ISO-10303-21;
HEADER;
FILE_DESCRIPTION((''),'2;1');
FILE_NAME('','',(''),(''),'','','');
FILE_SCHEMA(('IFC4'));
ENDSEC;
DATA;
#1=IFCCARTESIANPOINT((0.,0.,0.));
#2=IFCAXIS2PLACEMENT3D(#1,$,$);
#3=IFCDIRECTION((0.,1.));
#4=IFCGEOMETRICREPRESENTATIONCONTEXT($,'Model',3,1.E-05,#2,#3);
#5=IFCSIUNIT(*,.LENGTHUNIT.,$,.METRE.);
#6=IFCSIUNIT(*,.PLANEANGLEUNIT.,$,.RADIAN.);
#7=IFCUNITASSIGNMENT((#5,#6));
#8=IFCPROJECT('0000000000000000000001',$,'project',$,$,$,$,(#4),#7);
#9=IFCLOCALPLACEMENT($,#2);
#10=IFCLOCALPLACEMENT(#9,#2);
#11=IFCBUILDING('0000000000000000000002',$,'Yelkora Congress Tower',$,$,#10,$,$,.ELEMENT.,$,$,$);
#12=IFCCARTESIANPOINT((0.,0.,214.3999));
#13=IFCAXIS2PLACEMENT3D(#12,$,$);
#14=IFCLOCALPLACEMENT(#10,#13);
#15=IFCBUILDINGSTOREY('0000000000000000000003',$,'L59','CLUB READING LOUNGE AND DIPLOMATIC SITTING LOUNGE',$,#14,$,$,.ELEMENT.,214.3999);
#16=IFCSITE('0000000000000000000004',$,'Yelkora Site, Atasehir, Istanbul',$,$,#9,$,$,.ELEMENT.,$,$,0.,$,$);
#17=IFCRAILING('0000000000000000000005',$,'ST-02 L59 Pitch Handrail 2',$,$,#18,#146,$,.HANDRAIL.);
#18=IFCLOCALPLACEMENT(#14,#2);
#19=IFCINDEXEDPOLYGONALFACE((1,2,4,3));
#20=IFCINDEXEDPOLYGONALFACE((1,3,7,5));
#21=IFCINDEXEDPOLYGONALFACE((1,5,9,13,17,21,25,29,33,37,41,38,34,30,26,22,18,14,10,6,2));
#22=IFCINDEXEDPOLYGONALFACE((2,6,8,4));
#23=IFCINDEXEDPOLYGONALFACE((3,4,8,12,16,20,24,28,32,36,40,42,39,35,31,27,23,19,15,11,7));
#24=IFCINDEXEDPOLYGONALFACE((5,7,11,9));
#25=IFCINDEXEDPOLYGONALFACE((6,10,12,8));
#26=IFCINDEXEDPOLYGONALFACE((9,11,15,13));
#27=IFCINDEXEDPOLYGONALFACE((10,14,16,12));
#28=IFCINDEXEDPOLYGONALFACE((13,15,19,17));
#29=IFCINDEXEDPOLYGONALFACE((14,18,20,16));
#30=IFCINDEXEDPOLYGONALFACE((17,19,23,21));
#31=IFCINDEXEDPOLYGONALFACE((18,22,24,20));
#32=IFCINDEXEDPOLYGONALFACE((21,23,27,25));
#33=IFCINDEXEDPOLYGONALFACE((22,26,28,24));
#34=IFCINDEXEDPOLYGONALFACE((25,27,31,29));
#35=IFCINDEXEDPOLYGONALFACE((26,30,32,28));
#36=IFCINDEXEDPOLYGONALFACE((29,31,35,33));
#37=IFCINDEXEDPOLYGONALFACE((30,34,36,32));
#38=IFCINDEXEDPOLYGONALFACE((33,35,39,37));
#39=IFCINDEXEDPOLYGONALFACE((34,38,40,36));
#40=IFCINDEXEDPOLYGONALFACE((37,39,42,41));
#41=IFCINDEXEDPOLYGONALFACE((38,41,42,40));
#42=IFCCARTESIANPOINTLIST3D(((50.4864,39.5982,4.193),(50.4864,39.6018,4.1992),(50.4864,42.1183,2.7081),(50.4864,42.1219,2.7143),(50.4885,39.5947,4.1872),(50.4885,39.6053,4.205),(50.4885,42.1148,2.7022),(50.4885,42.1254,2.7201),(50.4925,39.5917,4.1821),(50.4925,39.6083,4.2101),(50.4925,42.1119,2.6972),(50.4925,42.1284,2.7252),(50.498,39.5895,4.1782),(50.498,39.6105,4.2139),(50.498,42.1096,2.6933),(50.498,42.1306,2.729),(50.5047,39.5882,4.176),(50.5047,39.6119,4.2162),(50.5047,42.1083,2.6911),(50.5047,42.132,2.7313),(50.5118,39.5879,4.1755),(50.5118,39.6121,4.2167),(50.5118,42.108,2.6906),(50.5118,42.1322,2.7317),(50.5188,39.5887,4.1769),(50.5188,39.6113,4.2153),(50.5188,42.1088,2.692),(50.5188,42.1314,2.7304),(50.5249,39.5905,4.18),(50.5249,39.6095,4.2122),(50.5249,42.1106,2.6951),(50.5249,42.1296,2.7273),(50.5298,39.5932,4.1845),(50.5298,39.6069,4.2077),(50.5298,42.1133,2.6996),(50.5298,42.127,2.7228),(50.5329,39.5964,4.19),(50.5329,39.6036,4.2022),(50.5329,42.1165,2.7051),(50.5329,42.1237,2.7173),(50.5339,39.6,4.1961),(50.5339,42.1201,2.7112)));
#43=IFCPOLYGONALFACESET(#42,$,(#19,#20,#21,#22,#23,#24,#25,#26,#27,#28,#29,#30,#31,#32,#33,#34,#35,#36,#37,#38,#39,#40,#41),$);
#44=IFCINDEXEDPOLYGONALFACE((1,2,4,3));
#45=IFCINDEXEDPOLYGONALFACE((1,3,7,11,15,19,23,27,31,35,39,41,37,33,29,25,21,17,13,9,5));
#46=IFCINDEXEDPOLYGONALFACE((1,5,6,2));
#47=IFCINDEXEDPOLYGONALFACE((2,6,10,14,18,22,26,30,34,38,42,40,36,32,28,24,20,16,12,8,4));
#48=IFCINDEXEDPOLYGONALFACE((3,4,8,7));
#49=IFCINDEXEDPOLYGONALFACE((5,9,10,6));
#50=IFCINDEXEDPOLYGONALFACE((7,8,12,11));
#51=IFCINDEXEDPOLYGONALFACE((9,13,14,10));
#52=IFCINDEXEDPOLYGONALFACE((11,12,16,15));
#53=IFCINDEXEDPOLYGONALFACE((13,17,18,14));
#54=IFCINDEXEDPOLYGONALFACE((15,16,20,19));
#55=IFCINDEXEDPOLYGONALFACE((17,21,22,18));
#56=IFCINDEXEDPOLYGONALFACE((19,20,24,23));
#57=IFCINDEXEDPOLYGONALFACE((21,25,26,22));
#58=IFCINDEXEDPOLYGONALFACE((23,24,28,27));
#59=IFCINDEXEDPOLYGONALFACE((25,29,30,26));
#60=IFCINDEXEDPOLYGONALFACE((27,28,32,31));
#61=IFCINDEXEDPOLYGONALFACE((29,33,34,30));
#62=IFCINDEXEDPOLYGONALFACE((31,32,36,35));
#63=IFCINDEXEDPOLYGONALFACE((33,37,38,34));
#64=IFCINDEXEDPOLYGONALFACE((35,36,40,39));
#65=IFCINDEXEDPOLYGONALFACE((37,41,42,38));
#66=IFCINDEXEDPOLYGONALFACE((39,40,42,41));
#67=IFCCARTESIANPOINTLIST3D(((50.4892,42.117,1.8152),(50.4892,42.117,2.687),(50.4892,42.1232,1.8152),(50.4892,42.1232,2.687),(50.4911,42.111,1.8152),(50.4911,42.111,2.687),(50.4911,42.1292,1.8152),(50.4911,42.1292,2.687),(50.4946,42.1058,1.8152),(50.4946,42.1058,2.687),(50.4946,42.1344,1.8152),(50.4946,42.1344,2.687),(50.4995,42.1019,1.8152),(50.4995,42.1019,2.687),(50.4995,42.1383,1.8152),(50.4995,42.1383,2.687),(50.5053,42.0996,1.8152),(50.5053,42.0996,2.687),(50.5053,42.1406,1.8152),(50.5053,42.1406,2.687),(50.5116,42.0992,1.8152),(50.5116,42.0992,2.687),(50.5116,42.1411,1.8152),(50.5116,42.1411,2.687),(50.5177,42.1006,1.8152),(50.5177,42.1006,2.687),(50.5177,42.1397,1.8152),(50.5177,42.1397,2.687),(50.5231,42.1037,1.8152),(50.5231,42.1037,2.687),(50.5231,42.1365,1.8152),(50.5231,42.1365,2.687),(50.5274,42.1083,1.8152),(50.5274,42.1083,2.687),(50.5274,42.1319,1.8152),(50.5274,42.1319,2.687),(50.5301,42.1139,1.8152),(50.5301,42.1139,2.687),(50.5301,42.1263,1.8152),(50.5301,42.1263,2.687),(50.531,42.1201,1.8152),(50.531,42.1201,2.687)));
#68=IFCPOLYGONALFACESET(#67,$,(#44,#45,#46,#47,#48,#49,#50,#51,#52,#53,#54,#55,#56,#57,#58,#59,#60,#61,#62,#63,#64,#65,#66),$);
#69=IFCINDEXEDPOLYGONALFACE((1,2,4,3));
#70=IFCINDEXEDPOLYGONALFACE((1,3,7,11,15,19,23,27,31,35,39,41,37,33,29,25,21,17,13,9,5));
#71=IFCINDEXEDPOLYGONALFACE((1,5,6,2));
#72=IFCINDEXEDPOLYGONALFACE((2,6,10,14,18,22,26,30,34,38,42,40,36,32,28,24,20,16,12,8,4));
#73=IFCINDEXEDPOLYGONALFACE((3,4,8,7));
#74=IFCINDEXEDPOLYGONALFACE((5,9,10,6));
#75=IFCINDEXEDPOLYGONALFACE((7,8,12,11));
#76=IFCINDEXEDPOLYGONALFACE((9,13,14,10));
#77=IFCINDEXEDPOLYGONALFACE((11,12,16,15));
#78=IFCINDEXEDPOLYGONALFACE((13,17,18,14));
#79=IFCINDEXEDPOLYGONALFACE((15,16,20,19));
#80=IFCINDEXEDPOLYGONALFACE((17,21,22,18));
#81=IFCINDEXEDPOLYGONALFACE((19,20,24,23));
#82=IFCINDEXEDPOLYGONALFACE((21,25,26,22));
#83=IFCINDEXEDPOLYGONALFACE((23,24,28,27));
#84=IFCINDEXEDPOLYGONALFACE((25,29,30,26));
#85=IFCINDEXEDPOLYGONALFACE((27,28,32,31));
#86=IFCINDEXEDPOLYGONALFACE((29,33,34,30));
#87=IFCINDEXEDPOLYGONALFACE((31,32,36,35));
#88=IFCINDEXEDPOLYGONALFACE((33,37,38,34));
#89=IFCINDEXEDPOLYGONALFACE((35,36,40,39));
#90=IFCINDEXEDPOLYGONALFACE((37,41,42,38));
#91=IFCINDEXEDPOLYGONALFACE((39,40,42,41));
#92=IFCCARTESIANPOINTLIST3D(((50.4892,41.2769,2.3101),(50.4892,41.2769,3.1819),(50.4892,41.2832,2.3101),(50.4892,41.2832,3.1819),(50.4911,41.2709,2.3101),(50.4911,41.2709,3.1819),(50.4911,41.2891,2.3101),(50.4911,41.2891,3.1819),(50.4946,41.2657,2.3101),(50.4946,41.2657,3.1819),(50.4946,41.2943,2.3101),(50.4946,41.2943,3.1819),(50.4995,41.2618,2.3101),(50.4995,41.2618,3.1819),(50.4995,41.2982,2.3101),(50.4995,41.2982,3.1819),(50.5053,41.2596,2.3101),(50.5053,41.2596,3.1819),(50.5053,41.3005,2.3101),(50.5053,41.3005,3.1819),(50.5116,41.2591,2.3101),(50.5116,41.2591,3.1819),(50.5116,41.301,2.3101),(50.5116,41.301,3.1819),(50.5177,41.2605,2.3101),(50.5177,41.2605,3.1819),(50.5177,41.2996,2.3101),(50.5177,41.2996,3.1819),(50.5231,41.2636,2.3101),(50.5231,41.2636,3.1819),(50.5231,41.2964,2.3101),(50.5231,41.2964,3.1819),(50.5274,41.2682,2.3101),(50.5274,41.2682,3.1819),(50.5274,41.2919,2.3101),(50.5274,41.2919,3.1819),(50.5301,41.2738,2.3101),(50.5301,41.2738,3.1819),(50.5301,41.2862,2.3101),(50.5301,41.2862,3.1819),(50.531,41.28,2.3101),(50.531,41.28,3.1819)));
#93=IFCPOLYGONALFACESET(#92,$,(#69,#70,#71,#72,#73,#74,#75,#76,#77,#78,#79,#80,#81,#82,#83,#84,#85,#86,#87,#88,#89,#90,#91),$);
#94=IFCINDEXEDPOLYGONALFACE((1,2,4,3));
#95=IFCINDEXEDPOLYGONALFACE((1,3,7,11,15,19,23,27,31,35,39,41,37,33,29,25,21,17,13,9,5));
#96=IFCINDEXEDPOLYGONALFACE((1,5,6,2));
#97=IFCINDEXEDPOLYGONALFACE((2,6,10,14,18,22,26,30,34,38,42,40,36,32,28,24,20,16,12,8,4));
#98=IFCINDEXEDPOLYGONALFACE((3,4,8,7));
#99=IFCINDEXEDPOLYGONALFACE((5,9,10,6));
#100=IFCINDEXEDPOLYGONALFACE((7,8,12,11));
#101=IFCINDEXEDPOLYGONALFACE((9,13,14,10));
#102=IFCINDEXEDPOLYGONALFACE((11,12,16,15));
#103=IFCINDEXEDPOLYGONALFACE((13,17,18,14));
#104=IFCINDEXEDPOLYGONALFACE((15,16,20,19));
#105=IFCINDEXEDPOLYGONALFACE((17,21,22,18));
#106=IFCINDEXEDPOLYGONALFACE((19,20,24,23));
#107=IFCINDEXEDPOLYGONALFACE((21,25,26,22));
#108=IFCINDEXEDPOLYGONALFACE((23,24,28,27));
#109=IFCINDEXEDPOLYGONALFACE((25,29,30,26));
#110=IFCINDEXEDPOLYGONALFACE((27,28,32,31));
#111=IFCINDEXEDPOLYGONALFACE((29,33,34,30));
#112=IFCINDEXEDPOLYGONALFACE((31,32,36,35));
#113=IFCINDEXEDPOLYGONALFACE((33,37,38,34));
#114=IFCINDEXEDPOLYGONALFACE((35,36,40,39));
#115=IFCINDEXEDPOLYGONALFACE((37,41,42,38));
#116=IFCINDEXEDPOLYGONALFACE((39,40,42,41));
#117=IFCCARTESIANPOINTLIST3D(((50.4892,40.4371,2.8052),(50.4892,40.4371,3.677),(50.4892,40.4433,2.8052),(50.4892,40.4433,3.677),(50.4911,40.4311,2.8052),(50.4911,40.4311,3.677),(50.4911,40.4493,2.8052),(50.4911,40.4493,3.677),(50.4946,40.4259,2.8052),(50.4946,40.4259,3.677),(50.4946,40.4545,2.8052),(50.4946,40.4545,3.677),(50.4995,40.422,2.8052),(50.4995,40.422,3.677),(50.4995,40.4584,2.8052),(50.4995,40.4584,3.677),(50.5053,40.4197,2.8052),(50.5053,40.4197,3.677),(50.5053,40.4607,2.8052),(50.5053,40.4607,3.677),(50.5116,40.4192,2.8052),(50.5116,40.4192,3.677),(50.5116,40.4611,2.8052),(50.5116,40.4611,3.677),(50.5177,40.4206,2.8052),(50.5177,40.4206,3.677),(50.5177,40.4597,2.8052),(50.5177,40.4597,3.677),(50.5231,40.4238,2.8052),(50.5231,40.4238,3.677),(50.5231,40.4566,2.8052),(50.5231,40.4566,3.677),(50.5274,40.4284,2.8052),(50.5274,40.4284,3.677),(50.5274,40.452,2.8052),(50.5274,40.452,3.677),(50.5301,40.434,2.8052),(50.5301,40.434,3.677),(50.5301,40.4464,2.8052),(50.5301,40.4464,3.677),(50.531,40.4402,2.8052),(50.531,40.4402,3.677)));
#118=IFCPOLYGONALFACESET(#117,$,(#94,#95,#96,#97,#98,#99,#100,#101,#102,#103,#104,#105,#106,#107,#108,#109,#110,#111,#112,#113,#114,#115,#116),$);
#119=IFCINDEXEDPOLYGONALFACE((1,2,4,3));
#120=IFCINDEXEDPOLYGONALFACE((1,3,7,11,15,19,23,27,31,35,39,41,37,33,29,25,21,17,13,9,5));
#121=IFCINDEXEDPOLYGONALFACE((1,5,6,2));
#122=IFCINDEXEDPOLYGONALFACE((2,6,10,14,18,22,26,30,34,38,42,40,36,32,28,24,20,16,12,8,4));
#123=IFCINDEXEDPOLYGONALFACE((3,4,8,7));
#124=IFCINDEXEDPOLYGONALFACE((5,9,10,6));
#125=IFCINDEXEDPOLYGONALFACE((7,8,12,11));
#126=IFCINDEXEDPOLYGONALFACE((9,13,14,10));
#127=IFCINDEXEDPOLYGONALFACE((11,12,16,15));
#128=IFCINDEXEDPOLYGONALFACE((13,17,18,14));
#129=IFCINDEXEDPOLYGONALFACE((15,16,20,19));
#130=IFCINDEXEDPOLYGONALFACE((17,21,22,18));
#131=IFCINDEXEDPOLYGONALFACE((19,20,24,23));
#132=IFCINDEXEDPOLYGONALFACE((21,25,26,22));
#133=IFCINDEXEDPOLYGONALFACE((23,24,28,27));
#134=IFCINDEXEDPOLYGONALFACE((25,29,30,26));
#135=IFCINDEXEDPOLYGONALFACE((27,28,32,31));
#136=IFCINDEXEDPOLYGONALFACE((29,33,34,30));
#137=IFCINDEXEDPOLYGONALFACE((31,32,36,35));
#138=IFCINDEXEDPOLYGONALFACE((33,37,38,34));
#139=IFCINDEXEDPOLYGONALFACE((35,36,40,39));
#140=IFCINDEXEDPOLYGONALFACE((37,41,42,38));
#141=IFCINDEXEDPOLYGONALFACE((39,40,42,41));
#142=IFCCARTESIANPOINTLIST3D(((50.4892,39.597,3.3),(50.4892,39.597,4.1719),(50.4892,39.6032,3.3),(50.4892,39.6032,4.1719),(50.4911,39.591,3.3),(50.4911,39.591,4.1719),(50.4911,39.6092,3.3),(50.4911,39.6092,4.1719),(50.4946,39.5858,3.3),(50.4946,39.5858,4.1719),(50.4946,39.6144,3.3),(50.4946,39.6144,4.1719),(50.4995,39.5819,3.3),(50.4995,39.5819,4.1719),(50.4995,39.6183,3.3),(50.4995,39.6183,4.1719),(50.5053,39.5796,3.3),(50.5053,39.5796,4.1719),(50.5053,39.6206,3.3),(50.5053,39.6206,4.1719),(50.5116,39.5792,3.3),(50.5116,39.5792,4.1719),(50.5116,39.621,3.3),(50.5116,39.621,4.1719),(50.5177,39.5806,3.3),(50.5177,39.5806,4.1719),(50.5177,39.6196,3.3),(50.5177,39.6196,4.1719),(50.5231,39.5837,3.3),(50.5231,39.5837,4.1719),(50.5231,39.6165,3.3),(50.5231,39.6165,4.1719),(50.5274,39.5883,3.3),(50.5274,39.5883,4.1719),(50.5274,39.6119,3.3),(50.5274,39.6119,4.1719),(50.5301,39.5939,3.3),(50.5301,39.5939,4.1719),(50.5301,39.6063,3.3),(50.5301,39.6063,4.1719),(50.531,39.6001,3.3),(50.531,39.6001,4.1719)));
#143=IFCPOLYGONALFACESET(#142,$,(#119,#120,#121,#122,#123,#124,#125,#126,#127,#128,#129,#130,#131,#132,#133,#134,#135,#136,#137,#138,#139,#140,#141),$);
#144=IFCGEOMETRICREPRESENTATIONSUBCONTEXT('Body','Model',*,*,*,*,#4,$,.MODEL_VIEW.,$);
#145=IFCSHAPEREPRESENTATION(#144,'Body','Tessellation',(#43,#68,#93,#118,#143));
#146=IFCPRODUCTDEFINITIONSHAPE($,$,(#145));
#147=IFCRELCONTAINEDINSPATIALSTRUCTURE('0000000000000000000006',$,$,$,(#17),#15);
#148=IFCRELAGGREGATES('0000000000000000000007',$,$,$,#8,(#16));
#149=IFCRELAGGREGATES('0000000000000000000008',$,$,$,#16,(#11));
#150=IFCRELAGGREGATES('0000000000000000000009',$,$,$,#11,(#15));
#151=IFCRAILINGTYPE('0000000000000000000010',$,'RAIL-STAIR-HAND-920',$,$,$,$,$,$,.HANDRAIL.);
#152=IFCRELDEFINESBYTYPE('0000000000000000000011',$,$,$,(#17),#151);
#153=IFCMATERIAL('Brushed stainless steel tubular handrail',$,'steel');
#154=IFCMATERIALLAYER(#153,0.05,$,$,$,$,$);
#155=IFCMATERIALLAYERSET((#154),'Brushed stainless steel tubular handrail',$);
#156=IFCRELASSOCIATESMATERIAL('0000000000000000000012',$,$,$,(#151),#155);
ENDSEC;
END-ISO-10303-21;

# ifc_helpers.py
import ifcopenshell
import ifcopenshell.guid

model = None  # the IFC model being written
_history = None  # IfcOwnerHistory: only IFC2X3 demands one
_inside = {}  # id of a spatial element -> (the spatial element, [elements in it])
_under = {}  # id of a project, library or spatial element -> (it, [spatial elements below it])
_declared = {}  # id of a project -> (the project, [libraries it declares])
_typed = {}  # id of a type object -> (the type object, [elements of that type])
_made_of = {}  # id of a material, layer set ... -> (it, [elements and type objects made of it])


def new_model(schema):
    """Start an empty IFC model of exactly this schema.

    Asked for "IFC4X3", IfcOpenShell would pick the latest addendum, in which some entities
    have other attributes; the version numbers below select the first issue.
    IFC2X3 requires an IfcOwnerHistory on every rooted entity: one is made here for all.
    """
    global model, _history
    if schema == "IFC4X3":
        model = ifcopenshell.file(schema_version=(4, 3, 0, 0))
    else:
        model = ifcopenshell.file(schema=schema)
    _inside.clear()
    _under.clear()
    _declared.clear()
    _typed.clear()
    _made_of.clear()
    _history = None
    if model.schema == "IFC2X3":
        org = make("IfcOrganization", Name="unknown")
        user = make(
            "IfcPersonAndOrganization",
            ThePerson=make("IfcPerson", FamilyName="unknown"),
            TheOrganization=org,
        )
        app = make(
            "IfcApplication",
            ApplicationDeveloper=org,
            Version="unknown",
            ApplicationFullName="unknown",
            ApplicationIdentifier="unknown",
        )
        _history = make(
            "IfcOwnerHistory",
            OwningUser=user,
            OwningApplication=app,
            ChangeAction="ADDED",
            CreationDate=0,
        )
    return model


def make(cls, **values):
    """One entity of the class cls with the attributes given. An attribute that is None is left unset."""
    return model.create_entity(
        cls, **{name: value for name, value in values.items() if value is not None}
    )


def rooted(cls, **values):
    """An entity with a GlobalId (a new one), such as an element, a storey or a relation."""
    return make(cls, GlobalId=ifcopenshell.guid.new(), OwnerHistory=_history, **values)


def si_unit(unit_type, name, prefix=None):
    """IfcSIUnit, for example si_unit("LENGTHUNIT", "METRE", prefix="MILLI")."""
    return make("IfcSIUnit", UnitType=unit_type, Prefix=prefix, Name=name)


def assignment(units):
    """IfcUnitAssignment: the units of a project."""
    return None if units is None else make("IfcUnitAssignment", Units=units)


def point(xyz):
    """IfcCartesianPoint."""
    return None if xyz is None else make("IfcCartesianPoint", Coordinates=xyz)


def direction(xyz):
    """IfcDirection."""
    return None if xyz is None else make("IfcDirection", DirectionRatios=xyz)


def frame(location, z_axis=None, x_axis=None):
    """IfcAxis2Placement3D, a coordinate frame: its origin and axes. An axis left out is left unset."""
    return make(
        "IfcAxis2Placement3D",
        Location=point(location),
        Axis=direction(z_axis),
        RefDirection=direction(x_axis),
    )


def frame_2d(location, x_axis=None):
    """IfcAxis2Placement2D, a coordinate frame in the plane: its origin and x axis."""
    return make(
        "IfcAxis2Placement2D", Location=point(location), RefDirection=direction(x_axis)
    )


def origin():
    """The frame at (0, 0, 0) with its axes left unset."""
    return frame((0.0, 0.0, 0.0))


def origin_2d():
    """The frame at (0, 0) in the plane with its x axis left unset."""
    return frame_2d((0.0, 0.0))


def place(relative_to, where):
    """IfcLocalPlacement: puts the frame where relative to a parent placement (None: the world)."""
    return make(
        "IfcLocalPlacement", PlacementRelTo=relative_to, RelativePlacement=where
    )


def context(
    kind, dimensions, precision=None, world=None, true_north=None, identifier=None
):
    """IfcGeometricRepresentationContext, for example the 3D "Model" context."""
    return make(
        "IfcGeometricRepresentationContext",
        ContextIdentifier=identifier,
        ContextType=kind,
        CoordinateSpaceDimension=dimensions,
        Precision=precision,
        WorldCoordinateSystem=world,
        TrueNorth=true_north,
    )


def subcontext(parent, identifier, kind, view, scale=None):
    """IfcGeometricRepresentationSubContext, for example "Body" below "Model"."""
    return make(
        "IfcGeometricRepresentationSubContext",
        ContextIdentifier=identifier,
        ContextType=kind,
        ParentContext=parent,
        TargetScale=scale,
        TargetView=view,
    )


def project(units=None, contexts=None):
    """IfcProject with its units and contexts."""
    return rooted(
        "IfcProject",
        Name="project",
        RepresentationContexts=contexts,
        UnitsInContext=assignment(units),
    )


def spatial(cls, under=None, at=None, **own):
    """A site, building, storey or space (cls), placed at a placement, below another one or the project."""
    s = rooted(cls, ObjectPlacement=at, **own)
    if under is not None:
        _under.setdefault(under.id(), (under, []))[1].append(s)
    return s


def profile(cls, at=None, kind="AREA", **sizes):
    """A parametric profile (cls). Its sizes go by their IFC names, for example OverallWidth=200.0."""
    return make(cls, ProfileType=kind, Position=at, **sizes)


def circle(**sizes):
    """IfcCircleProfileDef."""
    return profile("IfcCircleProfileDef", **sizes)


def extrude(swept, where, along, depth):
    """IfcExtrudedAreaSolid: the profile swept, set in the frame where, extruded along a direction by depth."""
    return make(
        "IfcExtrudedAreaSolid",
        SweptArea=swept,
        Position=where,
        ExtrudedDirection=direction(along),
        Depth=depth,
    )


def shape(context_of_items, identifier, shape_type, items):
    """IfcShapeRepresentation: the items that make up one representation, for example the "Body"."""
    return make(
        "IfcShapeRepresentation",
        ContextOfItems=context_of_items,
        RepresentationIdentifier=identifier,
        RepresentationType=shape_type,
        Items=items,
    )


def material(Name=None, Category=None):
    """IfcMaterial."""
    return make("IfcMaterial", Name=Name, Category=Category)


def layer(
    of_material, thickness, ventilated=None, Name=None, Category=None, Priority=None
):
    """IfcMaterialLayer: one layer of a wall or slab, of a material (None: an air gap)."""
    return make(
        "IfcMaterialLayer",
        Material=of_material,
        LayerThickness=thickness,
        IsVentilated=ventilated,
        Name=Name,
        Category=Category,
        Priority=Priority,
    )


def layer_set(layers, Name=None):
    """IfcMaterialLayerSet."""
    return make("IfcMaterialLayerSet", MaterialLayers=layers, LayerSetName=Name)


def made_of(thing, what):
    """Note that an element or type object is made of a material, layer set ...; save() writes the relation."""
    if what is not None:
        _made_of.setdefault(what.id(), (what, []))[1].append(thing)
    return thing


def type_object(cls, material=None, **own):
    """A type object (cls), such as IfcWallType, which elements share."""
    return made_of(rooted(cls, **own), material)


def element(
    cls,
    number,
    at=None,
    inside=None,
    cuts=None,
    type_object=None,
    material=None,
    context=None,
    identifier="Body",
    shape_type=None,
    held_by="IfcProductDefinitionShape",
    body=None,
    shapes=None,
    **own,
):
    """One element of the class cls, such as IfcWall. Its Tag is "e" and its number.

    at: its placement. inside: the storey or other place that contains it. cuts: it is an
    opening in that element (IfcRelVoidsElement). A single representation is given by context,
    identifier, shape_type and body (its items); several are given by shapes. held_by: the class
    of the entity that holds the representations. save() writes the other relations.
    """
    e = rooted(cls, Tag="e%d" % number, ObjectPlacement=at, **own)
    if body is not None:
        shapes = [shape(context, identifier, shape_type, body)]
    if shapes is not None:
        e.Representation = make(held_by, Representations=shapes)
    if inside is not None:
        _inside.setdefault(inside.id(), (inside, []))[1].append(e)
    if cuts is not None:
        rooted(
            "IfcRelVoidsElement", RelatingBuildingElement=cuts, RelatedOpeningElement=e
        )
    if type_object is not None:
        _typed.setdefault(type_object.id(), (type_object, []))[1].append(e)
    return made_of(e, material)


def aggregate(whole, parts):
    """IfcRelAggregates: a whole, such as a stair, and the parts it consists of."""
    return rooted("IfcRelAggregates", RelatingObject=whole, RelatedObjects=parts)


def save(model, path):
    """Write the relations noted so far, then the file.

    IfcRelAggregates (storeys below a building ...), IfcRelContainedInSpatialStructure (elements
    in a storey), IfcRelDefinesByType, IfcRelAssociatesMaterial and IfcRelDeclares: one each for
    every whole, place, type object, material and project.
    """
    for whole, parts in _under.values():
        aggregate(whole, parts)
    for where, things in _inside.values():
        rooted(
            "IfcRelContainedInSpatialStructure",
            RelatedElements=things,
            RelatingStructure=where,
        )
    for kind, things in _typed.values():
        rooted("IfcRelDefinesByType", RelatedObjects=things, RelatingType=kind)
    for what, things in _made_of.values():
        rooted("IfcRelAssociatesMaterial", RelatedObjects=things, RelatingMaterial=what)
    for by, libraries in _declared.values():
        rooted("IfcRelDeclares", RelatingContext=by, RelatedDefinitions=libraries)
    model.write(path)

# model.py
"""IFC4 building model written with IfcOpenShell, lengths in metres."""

from ifc_helpers import new_model, si_unit, direction, frame, origin, origin_2d, place, context, subcontext, project, spatial, circle, extrude, material, layer, layer_set, type_object, element, save


model = new_model("IFC4")

# Units and contexts
model_context = context("Model", 3, precision=1e-05, world=origin(), true_north=direction((0.0, 1.0)))
body_context = subcontext(model_context, "Body", "Model", "MODEL_VIEW")
ifc_project = project(units=[si_unit("LENGTHUNIT", "METRE"), si_unit("PLANEANGLEUNIT", "RADIAN")], contexts=[model_context])

# Site, building, storey
site_placement = place(None, origin())
site = spatial("IfcSite", under=ifc_project, at=site_placement, Name="Yelkora Site, Atasehir, Istanbul", CompositionType="ELEMENT", RefElevation=0.0)
building_placement = place(site_placement, origin())
building = spatial("IfcBuilding", under=site, at=building_placement, Name="Yelkora Congress Tower", CompositionType="ELEMENT")
storey_placement = place(building_placement, frame((0.0, 0.0, 214.3999)))
storey = spatial("IfcBuildingStorey", under=building, at=storey_placement, Name="L59", Description="CLUB READING LOUNGE AND DIPLOMATIC SITTING LOUNGE", CompositionType="ELEMENT", Elevation=214.3999)

# Railing
ifc_material_1 = material(Name="Brushed stainless steel tubular handrail", Category="steel")
ifc_layer_1 = layer(ifc_material_1, 0.05)
ifc_layer_set_1 = layer_set([ifc_layer_1], Name="Brushed stainless steel tubular handrail")
railing_type_1 = type_object("IfcRailingType", Name="RAIL-STAIR-HAND-920", PredefinedType="HANDRAIL", material=ifc_layer_set_1)
railing_1_placement = place(storey_placement, frame((50.51, 42.1201, 1.8152)))
element("IfcRailing", 1, at=railing_1_placement, inside=storey, type_object=railing_type_1, Name="ST-02 L59 Pitch Handrail 2", PredefinedType="HANDRAIL", context=body_context, shape_type="SweptSolid", body=[
    extrude(circle(Radius=0.0239, at=origin_2d()), frame((0.0, 0.0, 0.896), z_axis=(0.0, -0.861561, 0.507655), x_axis=(1.0, 0.0, 0.0)), (0.0, 0.0, 1.0), 2.925),
    extrude(circle(Radius=0.021, at=origin_2d()), origin(), (0.0, 0.0, 1.0), 0.8718),
    extrude(circle(Radius=0.021, at=origin_2d()), frame((0.0, -0.8401, 0.4949)), (0.0, 0.0, 1.0), 0.8718),
    extrude(circle(Radius=0.021, at=origin_2d()), frame((0.0, -1.6799, 0.99)), (0.0, 0.0, 1.0), 0.8718),
    extrude(circle(Radius=0.021, at=origin_2d()), frame((0.0, -2.52, 1.4849)), (0.0, 0.0, 1.0), 0.8718),
])

save(model, "model.ifc")
